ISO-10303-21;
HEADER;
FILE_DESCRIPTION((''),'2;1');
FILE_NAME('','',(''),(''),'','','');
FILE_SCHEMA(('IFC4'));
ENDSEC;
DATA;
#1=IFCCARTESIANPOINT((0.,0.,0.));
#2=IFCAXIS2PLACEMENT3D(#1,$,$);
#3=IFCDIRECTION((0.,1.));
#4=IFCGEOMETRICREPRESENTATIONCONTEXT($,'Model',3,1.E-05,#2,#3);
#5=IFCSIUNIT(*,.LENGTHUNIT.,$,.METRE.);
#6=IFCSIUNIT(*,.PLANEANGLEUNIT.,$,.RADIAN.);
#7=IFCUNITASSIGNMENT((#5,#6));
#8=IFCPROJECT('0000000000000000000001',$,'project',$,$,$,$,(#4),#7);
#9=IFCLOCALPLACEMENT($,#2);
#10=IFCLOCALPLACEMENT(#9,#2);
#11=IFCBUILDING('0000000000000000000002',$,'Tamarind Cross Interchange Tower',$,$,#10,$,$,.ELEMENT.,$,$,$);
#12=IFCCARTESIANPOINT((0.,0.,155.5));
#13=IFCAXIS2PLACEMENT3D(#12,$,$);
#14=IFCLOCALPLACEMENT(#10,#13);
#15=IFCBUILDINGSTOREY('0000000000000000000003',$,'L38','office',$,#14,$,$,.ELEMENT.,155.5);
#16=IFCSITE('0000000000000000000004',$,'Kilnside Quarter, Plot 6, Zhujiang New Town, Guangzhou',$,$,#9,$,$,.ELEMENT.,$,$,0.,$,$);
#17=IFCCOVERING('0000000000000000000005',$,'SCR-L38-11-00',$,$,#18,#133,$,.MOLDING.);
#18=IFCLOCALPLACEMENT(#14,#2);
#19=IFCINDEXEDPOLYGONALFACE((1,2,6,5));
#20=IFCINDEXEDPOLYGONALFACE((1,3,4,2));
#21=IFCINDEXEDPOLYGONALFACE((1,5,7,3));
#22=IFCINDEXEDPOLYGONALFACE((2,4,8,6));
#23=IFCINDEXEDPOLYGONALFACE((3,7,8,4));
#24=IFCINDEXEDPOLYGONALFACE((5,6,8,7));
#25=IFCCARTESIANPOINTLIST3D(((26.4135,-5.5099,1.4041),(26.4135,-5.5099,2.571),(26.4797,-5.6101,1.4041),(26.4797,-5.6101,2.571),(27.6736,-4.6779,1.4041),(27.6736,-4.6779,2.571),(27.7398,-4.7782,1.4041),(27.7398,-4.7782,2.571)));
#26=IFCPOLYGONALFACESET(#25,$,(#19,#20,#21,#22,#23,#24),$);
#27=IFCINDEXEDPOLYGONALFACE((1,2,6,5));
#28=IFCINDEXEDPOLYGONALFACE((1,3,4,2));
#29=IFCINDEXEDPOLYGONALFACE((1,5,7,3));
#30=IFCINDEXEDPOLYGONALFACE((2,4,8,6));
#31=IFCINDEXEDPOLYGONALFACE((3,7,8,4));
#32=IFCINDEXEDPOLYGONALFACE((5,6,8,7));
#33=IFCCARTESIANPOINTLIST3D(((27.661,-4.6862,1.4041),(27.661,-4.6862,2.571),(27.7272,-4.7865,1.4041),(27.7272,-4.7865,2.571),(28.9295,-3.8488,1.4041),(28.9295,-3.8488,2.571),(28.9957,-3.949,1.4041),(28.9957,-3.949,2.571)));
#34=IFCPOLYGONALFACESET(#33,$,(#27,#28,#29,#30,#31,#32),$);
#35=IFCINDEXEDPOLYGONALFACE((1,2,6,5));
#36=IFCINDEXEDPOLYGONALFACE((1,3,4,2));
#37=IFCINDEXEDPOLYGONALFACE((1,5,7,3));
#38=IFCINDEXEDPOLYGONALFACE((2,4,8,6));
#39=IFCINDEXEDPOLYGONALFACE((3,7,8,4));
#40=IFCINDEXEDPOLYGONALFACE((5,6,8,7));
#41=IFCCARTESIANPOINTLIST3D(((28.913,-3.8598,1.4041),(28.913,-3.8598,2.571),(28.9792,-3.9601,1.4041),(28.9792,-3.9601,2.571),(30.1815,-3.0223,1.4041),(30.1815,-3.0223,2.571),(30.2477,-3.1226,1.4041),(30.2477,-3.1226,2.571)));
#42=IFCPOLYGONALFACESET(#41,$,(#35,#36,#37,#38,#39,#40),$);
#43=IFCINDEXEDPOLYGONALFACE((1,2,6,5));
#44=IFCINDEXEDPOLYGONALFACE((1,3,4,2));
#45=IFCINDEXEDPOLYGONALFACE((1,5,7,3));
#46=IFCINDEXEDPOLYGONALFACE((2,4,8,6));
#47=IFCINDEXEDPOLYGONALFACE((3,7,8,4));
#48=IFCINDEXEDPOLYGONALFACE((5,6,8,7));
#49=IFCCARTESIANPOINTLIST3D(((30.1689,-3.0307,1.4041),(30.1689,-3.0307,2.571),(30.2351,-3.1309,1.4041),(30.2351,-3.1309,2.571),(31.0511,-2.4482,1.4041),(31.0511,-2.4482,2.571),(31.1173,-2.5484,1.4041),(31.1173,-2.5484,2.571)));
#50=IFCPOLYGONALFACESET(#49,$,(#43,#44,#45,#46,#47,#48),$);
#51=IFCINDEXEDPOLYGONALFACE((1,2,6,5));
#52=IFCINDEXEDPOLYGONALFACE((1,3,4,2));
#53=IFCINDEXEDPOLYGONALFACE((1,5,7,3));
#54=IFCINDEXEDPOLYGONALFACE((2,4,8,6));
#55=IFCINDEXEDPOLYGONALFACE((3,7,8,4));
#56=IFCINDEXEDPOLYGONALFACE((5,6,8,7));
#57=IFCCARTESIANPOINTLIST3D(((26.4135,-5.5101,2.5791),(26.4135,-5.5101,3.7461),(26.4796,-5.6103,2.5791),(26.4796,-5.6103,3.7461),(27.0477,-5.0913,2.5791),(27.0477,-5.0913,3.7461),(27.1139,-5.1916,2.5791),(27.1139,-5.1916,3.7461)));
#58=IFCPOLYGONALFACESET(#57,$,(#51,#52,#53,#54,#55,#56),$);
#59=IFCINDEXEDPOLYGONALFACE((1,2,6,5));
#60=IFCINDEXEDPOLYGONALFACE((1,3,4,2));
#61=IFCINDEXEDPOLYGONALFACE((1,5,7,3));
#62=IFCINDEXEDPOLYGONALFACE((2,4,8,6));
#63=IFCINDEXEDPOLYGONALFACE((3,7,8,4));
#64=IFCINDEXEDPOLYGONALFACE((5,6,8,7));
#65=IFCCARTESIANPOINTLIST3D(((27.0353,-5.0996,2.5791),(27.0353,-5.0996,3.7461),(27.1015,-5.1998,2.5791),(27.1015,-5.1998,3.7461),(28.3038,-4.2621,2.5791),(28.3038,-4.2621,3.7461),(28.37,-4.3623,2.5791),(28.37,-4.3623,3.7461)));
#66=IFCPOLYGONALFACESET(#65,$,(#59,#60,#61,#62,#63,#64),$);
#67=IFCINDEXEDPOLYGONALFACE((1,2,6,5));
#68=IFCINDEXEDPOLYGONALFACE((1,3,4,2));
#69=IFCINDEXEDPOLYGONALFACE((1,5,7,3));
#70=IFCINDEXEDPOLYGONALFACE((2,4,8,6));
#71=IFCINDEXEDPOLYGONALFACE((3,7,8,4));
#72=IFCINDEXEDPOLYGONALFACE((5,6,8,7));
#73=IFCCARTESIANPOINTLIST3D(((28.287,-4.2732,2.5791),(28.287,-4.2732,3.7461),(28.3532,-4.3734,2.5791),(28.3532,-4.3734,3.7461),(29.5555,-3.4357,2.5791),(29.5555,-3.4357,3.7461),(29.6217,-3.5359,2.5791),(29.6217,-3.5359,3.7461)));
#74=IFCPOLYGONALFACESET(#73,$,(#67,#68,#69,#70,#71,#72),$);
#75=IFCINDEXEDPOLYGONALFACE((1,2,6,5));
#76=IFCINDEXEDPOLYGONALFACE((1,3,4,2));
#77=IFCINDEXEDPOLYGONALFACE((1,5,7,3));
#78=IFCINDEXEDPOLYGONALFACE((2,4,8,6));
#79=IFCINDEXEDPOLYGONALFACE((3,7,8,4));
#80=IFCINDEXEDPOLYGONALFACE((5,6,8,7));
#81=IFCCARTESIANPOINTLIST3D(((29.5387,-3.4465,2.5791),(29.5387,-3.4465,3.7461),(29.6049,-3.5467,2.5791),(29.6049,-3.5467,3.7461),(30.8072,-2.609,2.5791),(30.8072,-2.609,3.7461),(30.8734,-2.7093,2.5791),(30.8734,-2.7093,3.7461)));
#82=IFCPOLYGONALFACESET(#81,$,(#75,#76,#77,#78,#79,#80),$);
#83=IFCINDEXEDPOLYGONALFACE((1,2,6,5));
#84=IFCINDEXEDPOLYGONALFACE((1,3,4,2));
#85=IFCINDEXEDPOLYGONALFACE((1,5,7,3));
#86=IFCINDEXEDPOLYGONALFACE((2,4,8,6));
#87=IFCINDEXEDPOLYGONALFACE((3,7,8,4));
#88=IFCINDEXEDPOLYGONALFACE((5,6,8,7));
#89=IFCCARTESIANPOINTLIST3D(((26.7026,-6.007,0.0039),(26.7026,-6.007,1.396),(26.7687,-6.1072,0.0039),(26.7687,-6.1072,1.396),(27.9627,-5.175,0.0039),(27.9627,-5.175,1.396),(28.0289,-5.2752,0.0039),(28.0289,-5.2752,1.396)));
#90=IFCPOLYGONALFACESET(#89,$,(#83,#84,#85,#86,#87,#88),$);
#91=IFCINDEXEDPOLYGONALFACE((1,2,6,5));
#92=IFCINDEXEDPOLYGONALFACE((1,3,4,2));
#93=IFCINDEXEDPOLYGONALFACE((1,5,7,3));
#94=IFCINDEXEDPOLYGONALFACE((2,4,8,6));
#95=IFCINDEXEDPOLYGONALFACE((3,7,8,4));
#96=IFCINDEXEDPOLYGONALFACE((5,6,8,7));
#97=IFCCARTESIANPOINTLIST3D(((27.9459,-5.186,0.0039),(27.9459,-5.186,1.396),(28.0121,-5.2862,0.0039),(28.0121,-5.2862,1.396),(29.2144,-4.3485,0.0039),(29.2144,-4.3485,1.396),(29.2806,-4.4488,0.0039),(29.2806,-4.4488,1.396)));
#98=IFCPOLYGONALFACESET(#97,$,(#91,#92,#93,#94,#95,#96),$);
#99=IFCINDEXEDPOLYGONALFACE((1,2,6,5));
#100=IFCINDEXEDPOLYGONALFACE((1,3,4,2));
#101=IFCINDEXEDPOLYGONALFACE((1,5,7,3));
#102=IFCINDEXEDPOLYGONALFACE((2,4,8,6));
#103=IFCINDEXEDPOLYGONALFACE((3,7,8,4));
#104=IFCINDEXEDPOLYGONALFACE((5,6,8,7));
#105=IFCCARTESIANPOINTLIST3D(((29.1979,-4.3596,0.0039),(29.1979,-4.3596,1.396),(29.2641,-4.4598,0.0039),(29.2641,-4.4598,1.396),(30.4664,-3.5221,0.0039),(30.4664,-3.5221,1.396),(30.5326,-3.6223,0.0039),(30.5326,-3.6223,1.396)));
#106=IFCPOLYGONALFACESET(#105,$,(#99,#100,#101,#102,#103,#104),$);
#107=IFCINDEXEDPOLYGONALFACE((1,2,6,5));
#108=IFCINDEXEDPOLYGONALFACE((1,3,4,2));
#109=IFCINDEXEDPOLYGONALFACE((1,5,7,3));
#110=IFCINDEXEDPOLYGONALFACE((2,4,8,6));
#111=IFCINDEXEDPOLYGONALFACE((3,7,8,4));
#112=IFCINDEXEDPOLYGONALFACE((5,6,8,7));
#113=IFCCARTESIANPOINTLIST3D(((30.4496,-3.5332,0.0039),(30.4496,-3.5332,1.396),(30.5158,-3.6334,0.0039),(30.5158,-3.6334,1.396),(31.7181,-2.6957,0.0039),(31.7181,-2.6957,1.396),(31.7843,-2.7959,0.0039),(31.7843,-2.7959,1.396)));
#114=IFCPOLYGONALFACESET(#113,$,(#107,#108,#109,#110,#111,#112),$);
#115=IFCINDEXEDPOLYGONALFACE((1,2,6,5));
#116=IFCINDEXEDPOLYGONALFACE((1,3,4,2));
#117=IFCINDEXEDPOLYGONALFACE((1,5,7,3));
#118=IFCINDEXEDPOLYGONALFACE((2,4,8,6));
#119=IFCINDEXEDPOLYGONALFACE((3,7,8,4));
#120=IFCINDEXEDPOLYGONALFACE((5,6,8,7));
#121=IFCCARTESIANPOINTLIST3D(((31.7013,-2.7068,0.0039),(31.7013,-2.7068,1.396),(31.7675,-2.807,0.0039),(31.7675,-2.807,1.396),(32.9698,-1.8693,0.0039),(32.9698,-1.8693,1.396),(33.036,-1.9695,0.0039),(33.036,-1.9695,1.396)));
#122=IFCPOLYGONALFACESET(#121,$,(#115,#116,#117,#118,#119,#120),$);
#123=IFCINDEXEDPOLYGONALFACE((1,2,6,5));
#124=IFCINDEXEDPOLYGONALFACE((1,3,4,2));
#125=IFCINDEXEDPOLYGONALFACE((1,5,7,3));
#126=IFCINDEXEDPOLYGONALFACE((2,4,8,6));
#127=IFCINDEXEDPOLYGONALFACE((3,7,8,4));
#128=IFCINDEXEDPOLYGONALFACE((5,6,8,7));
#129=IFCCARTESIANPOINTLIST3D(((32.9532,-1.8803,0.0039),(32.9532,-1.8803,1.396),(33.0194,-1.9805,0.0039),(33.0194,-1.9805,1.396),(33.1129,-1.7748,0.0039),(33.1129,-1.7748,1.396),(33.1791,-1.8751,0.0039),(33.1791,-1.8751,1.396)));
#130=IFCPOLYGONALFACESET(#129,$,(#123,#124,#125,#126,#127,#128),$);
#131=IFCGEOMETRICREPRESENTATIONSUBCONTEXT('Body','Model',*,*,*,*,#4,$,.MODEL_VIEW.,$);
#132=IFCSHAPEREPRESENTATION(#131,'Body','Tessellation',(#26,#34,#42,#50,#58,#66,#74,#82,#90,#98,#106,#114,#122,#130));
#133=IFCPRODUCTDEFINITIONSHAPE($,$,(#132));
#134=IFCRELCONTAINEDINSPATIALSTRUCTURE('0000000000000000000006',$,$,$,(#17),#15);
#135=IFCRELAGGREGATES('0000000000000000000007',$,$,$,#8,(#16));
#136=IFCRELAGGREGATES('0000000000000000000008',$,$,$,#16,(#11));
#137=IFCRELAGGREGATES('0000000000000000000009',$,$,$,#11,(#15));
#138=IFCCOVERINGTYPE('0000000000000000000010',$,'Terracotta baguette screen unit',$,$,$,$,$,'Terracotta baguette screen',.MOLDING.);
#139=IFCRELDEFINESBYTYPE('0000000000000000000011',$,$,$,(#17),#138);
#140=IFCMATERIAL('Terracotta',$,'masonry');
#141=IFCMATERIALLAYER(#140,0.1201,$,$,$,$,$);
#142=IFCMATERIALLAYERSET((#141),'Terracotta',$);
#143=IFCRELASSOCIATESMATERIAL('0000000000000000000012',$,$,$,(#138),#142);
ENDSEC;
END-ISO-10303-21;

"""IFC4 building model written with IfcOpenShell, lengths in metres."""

from ifc_helpers import new_model, si_unit, direction, frame, origin, origin_2d, place, context, subcontext, project, spatial, rectangle, extrude, material, layer, layer_set, type_object, element, save


model = new_model("IFC4")

# Units and contexts
model_context = context("Model", 3, precision=1e-05, world=origin(), true_north=direction((0.0, 1.0)))
body_context = subcontext(model_context, "Body", "Model", "MODEL_VIEW")
ifc_project = project(units=[si_unit("LENGTHUNIT", "METRE"), si_unit("PLANEANGLEUNIT", "RADIAN")], contexts=[model_context])

# Site, building, storey
site_placement = place(None, origin())
site = spatial("IfcSite", under=ifc_project, at=site_placement, Name="Kilnside Quarter, Plot 6, Zhujiang New Town, Guangzhou", CompositionType="ELEMENT", RefElevation=0.0)
building_placement = place(site_placement, origin())
building = spatial("IfcBuilding", under=site, at=building_placement, Name="Tamarind Cross Interchange Tower", CompositionType="ELEMENT")
storey_placement = place(building_placement, frame((0.0, 0.0, 155.5)))
storey = spatial("IfcBuildingStorey", under=building, at=storey_placement, Name="L38", Description="office", CompositionType="ELEMENT", Elevation=155.5)

# Covering
ifc_material_1 = material(Name="Terracotta", Category="masonry")
ifc_layer_1 = layer(ifc_material_1, 0.1201)
ifc_layer_set_1 = layer_set([ifc_layer_1], Name="Terracotta")
covering_type = type_object("IfcCoveringType", Name="Terracotta baguette screen unit", ElementType="Terracotta baguette screen", PredefinedType="MOLDING", material=ifc_layer_set_1)
covering_1_placement = place(storey_placement, origin())
element("IfcCovering", 1, at=covering_1_placement, inside=storey, type_object=covering_type, Name="SCR-L38-11-00", PredefinedType="MOLDING", context=body_context, shape_type="SweptSolid", body=[
    extrude(rectangle(XDim=1.51, YDim=0.1201, at=origin_2d()), frame((27.0767, -5.144, 1.4041), z_axis=(0.0, 0.0, 1.0), x_axis=(0.834525, 0.55097, 0.0)), (0.0, 0.0, 1.0), 1.167),
    extrude(rectangle(XDim=1.52, YDim=0.1201, at=origin_2d()), frame((28.3284, -4.3176, 1.4041), z_axis=(0.0, 0.0, 1.0), x_axis=(0.834525, 0.55097, 0.0)), (0.0, 0.0, 1.0), 1.167),
    extrude(rectangle(XDim=1.52, YDim=0.1201, at=origin_2d()), frame((29.5803, -3.4912, 1.4041), z_axis=(0.0, 0.0, 1.0), x_axis=(0.834525, 0.55097, 0.0)), (0.0, 0.0, 1.0), 1.167),
    extrude(rectangle(XDim=1.0571, YDim=0.1201, at=origin_2d()), frame((30.6431, -2.7896, 1.4041), z_axis=(0.0, 0.0, 1.0), x_axis=(0.834525, 0.55097, 0.0)), (0.0, 0.0, 1.0), 1.167),
    extrude(rectangle(XDim=0.76, YDim=0.1201, at=origin_2d()), frame((26.7637, -5.3508, 2.5791), z_axis=(0.0, 0.0, 1.0), x_axis=(0.834525, 0.55097, 0.0)), (0.0, 0.0, 1.0), 1.167),
    extrude(rectangle(XDim=1.52, YDim=0.1201, at=origin_2d()), frame((27.7026, -4.731, 2.5791), z_axis=(0.0, 0.0, 1.0), x_axis=(0.834525, 0.55097, 0.0)), (0.0, 0.0, 1.0), 1.167),
    extrude(rectangle(XDim=1.52, YDim=0.1201, at=origin_2d()), frame((28.9543, -3.9045, 2.5791), z_axis=(0.0, 0.0, 1.0), x_axis=(0.834525, 0.55097, 0.0)), (0.0, 0.0, 1.0), 1.167),
    extrude(rectangle(XDim=1.52, YDim=0.1201, at=origin_2d()), frame((30.2061, -3.0779, 2.5791), z_axis=(0.0, 0.0, 1.0), x_axis=(0.834525, 0.55097, 0.0)), (0.0, 0.0, 1.0), 1.167),
    extrude(rectangle(XDim=1.51, YDim=0.1201, at=origin_2d()), frame((27.3657, -5.6411, 0.0039), z_axis=(0.0, 0.0, 1.0), x_axis=(0.834525, 0.55097, 0.0)), (0.0, 0.0, 1.0), 1.3921),
    extrude(rectangle(XDim=1.52, YDim=0.1201, at=origin_2d()), frame((28.6133, -4.8174, 0.0039), z_axis=(0.0, 0.0, 1.0), x_axis=(0.834525, 0.55097, 0.0)), (0.0, 0.0, 1.0), 1.3921),
    extrude(rectangle(XDim=1.52, YDim=0.1201, at=origin_2d()), frame((29.8652, -3.991, 0.0039), z_axis=(0.0, 0.0, 1.0), x_axis=(0.834525, 0.55097, 0.0)), (0.0, 0.0, 1.0), 1.3921),
    extrude(rectangle(XDim=1.52, YDim=0.1201, at=origin_2d()), frame((31.1169, -3.1646, 0.0039), z_axis=(0.0, 0.0, 1.0), x_axis=(0.834525, 0.55097, 0.0)), (0.0, 0.0, 1.0), 1.3921),
    extrude(rectangle(XDim=1.52, YDim=0.1201, at=origin_2d()), frame((32.3687, -2.3381, 0.0039), z_axis=(0.0, 0.0, 1.0), x_axis=(0.834525, 0.55097, 0.0)), (0.0, 0.0, 1.0), 1.3921),
    extrude(rectangle(XDim=0.1914, YDim=0.1201, at=origin_2d()), frame((33.0662, -1.8777, 0.0039), z_axis=(0.0, 0.0, 1.0), x_axis=(0.834525, 0.55097, 0.0)), (0.0, 0.0, 1.0), 1.3921),
])

save(model, "model.ifc")
